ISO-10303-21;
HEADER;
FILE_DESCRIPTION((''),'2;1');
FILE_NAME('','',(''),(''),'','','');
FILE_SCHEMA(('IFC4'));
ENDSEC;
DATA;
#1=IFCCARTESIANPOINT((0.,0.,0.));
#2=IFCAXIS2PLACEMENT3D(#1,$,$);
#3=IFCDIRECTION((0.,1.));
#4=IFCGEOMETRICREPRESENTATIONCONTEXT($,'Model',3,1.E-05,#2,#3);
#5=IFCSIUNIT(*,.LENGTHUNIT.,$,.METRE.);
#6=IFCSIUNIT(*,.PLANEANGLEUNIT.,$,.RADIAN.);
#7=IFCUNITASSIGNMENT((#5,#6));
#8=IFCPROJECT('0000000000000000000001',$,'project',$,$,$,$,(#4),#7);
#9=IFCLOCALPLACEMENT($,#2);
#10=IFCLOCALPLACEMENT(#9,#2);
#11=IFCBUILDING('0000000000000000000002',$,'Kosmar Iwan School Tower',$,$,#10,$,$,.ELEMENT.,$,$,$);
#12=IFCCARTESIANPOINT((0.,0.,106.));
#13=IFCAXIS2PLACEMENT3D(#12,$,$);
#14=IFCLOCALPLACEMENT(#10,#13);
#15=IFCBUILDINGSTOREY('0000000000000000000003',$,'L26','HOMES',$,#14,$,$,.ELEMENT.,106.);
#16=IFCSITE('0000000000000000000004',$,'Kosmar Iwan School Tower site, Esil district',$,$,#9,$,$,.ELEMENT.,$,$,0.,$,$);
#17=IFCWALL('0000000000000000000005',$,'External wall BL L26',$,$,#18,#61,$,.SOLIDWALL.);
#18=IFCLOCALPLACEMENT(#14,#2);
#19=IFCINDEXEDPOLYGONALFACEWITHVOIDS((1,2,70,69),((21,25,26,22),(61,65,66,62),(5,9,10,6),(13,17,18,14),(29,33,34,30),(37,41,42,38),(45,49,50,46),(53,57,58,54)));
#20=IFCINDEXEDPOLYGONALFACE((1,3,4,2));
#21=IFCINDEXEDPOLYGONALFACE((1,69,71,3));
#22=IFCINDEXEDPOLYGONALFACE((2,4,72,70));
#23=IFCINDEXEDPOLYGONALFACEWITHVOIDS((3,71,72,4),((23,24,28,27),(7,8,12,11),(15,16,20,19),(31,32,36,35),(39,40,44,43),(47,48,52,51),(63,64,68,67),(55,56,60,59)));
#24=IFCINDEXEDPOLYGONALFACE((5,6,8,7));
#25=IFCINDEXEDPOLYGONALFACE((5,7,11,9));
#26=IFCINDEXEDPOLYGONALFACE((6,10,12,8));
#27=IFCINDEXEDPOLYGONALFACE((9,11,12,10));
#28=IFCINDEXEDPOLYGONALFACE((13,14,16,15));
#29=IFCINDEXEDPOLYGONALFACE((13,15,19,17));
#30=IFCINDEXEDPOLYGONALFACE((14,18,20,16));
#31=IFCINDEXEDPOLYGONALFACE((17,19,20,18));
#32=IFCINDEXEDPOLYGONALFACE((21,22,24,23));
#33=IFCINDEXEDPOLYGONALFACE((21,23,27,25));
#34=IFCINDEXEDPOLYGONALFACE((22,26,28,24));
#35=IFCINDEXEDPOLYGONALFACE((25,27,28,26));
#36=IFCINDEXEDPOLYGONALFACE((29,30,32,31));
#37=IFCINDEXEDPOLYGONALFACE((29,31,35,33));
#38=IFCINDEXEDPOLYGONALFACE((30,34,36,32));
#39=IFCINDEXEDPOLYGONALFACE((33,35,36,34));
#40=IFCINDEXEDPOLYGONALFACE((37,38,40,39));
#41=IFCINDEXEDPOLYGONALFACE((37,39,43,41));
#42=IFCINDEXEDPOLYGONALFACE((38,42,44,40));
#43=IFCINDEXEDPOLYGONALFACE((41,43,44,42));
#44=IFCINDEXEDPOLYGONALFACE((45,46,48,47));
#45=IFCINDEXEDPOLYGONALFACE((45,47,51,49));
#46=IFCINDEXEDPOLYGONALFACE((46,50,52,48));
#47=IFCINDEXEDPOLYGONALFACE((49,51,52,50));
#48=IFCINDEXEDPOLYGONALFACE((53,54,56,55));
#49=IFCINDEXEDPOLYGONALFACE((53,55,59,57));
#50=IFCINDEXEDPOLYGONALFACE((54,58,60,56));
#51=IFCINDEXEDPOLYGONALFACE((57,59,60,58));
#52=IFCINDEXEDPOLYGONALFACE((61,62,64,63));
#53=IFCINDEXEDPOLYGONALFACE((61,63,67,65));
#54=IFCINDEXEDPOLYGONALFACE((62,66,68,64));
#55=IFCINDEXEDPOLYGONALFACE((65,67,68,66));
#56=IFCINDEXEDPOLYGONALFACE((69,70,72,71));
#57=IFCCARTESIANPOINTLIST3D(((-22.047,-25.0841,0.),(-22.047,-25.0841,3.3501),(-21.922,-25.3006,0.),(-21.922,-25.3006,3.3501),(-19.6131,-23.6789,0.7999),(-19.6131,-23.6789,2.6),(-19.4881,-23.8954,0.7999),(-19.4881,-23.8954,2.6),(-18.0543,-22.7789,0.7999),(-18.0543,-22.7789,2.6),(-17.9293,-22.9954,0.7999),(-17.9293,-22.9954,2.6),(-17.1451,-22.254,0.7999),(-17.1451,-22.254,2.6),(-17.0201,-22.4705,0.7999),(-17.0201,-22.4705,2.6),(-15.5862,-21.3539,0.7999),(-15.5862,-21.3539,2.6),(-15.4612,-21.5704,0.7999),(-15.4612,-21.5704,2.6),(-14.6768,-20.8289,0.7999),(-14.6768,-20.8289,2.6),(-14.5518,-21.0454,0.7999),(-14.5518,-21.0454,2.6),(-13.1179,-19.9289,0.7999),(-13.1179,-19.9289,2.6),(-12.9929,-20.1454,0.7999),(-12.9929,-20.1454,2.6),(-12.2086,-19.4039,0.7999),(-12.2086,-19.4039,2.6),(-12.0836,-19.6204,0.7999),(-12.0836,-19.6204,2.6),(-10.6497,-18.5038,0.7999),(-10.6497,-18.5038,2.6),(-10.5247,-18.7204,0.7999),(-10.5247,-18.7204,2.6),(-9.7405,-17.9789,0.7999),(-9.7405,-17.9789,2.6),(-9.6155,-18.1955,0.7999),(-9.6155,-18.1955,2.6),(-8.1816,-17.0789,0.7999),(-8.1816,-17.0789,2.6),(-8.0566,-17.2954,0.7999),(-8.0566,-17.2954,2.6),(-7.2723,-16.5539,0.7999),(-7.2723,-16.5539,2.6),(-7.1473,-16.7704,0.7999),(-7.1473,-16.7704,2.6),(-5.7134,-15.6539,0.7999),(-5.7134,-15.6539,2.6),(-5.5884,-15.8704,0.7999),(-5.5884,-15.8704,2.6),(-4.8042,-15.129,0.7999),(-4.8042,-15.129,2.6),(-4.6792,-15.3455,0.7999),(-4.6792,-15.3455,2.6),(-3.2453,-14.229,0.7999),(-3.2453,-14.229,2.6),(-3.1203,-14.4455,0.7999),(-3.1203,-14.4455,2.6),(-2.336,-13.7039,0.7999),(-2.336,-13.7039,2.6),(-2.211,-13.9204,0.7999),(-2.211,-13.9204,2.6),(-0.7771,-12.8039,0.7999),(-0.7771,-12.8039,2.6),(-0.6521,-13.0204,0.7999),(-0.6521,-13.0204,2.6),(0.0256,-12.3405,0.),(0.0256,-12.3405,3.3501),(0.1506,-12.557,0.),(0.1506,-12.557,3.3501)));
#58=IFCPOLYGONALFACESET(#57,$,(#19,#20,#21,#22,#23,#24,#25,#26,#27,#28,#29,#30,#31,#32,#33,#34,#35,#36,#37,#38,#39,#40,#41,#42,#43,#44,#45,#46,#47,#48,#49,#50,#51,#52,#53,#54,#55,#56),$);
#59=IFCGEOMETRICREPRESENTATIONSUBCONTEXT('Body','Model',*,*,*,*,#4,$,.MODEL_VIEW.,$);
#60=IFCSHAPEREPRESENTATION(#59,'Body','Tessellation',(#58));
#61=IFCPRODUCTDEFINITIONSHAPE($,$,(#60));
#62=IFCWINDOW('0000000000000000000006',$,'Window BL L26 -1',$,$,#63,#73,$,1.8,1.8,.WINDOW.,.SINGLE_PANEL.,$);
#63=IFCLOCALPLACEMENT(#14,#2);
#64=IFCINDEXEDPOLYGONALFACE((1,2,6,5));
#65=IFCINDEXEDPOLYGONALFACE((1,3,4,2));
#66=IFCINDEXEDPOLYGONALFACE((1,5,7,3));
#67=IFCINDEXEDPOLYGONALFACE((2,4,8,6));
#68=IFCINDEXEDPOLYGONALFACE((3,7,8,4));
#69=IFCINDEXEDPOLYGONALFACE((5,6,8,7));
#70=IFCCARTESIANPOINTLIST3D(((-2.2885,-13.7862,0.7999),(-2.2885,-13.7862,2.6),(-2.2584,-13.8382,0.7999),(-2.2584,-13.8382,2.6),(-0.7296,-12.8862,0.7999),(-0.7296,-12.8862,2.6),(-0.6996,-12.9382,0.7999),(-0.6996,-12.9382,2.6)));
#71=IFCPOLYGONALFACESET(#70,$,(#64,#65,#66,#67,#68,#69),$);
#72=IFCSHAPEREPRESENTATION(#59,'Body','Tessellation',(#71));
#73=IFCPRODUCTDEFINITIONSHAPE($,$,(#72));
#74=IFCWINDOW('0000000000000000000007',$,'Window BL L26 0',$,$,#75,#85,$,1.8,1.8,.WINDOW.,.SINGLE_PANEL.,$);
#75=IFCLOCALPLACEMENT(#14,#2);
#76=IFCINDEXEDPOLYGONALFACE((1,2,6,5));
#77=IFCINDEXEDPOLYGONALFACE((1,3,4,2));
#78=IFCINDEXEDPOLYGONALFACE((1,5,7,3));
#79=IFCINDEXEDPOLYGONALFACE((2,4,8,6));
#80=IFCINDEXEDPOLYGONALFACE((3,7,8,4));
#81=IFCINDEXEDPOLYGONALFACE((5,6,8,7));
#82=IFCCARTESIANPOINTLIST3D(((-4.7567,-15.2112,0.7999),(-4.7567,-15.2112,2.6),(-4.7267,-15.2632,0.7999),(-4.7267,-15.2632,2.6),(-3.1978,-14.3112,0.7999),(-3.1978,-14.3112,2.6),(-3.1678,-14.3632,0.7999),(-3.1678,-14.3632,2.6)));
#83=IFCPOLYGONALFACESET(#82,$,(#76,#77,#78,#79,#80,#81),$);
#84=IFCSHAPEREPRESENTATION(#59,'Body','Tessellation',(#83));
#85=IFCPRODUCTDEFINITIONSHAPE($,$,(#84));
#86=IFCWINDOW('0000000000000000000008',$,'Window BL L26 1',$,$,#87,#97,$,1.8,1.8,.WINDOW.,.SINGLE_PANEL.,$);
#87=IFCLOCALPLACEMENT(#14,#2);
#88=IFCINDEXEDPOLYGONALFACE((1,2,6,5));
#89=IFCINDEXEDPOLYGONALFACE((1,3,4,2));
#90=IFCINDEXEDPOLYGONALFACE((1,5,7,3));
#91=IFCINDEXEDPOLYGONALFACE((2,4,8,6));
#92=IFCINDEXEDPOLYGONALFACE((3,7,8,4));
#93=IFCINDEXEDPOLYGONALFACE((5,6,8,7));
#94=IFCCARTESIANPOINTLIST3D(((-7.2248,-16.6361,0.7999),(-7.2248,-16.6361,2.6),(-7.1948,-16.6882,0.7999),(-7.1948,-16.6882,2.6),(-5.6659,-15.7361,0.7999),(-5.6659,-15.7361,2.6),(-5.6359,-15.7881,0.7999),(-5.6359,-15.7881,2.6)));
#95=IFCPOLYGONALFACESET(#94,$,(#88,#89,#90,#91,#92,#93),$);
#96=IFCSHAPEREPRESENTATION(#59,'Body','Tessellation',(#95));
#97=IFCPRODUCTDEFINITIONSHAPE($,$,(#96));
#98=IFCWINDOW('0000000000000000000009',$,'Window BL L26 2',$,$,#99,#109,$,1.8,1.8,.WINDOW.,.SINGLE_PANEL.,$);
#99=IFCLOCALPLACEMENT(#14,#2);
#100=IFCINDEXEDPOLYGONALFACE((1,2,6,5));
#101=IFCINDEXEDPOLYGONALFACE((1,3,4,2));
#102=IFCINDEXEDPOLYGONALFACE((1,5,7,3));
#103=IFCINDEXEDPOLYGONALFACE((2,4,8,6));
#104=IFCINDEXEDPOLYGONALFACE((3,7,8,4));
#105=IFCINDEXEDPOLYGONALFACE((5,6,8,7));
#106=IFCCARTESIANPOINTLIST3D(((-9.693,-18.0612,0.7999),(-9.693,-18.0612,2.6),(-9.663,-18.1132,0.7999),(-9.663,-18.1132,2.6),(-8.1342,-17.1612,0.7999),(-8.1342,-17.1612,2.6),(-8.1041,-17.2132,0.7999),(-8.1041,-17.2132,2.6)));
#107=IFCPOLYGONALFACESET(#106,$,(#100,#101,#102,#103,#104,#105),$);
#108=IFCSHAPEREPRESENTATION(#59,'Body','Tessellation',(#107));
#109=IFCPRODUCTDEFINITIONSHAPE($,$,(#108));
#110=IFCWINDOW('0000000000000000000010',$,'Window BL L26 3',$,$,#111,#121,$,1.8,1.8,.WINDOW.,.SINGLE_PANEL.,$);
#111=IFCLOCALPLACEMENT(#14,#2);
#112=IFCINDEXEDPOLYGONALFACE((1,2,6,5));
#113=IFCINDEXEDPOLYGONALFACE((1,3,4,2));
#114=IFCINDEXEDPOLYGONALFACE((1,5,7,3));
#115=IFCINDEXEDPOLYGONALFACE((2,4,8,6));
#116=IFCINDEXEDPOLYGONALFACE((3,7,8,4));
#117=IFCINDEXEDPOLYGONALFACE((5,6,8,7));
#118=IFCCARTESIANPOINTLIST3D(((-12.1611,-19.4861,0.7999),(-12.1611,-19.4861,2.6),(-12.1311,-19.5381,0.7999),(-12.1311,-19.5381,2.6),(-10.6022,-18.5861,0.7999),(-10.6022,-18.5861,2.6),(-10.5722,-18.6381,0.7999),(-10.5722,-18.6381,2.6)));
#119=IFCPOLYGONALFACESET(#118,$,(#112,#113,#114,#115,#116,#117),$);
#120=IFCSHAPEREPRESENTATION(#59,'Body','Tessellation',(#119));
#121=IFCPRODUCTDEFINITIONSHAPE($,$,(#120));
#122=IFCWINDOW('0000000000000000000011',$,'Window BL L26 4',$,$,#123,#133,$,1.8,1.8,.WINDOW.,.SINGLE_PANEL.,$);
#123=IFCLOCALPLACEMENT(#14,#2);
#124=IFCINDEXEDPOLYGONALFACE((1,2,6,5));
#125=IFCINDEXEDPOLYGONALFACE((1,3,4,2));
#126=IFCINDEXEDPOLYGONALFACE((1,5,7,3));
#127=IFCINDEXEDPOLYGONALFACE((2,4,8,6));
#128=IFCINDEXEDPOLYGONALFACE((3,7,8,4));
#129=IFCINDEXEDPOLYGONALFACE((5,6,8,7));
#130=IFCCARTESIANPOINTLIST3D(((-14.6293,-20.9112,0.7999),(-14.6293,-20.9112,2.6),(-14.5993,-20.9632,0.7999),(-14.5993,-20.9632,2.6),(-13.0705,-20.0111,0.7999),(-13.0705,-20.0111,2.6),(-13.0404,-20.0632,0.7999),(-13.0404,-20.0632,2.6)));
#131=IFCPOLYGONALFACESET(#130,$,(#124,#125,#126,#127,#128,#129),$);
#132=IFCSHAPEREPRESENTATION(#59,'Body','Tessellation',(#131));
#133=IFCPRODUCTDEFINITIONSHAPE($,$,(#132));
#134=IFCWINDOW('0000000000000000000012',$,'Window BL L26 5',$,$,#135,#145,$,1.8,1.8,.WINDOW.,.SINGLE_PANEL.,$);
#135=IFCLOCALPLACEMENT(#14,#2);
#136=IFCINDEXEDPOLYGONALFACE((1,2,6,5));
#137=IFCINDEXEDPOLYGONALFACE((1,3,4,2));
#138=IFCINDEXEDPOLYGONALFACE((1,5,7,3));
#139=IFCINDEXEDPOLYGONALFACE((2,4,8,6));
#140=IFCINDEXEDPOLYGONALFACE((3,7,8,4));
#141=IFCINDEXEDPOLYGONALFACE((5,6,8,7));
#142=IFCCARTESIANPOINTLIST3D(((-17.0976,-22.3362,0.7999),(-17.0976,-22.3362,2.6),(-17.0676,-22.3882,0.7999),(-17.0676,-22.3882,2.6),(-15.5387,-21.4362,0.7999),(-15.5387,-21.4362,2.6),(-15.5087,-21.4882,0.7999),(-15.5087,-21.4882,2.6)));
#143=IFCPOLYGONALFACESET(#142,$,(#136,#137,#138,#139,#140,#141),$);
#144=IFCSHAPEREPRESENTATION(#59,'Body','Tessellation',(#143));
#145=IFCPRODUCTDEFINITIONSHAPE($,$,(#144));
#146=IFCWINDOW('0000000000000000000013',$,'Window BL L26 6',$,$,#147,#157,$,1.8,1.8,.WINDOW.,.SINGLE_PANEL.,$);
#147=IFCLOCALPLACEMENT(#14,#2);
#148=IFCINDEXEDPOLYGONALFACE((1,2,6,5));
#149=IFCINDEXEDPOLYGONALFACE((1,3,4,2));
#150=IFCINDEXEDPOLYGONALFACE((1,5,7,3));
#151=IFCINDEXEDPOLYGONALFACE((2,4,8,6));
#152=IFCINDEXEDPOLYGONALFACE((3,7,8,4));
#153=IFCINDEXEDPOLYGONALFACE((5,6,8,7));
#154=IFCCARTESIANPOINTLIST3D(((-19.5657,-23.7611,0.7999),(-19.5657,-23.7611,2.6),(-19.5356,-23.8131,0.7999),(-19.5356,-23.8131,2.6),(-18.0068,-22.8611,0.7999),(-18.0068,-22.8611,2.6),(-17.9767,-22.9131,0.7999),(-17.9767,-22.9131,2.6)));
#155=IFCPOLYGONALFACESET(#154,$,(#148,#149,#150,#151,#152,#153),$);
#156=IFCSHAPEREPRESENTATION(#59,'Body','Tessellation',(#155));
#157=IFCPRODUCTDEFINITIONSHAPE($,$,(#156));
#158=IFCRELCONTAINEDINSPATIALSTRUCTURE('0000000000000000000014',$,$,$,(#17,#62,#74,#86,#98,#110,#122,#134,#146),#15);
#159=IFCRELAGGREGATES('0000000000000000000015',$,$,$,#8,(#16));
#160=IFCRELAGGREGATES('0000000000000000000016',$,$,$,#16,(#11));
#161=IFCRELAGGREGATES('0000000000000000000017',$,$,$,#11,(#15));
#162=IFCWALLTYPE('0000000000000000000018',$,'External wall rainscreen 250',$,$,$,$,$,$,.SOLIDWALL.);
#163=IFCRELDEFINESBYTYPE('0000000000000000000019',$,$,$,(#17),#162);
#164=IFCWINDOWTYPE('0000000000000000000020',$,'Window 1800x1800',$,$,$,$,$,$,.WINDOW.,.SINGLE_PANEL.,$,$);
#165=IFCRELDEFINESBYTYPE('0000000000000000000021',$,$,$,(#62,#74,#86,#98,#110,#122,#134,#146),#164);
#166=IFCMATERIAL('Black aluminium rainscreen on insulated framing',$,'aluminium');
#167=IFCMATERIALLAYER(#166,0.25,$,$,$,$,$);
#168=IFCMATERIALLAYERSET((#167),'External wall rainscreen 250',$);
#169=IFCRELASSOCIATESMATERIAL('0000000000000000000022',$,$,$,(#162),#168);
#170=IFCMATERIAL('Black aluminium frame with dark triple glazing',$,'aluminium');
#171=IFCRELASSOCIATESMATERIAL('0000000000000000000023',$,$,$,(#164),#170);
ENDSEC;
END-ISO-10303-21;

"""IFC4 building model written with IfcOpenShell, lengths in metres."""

from ifc_helpers import new_model, si_unit, direction, frame, frame_2d, origin, place, context, subcontext, project, spatial, rectangle, extrude, material, layer, layer_set, type_object, element, fill, save


model = new_model("IFC4")

# Units and contexts
model_context = context("Model", 3, precision=1e-05, world=origin(), true_north=direction((0.0, 1.0)))
body_context = subcontext(model_context, "Body", "Model", "MODEL_VIEW")
ifc_project = project(units=[si_unit("LENGTHUNIT", "METRE"), si_unit("PLANEANGLEUNIT", "RADIAN")], contexts=[model_context])

# Site, building, storey
site_placement = place(None, origin())
site = spatial("IfcSite", under=ifc_project, at=site_placement, Name="Kosmar Iwan School Tower site, Esil district", CompositionType="ELEMENT", RefElevation=0.0)
building_placement = place(site_placement, origin())
building = spatial("IfcBuilding", under=site, at=building_placement, Name="Kosmar Iwan School Tower", CompositionType="ELEMENT")
storey_placement = place(building_placement, frame((0.0, 0.0, 106.0)))
storey = spatial("IfcBuildingStorey", under=building, at=storey_placement, Name="L26", Description="HOMES", CompositionType="ELEMENT", Elevation=106.0)

# Wall, openings, windows
ifc_material_1 = material(Name="Black aluminium rainscreen on insulated framing", Category="aluminium")
ifc_layer = layer(ifc_material_1, 0.25)
ifc_layer_set = layer_set([ifc_layer], Name="External wall rainscreen 250")
wall_type = type_object("IfcWallType", Name="External wall rainscreen 250", PredefinedType="SOLIDWALL", material=ifc_layer_set)
wall_1_placement = place(storey_placement, frame((0.0881, -12.4487, 0.0), z_axis=(0.0, 0.0, 1.0), x_axis=(-0.866026, -0.499998, 0.0)))
wall_1 = element("IfcWall", 1, at=wall_1_placement, inside=storey, type_object=wall_type, Name="External wall BL L26", PredefinedType="SOLIDWALL", context=body_context, shape_type="SweptSolid", body=[
    extrude(rectangle(XDim=25.4873, YDim=0.25, at=frame_2d((12.7437, 0.0))), origin(), (0.0, 0.0, 1.0), 3.3501),
])
opening_1_placement = place(wall_1_placement, frame((0.927, 0.0, 0.8)))
opening_1 = element("IfcOpeningElement", 2, at=opening_1_placement, cuts=wall_1, PredefinedType="OPENING", context=body_context, shape_type="SweptSolid", body=[
    extrude(rectangle(XDim=1.8, YDim=1.8, at=frame_2d((0.8999, 0.8999))), frame((0.0, 0.137, 0.0), z_axis=(0.0, -1.0, 0.0), x_axis=(1.0, 0.0, 0.0)), (0.0, 0.0, 1.0), 0.2739),
])
opening_2_placement = place(wall_1_placement, frame((3.7771, 0.0, 0.8)))
opening_2 = element("IfcOpeningElement", 3, at=opening_2_placement, cuts=wall_1, PredefinedType="OPENING", context=body_context, shape_type="SweptSolid", body=[
    extrude(rectangle(XDim=1.8, YDim=1.8, at=frame_2d((0.8999, 0.8999))), frame((0.0, 0.137, 0.0), z_axis=(0.0, -1.0, 0.0), x_axis=(1.0, 0.0, 0.0)), (0.0, 0.0, 1.0), 0.2739),
])
opening_3_placement = place(wall_1_placement, frame((6.627, 0.0, 0.8)))
opening_3 = element("IfcOpeningElement", 4, at=opening_3_placement, cuts=wall_1, PredefinedType="OPENING", context=body_context, shape_type="SweptSolid", body=[
    extrude(rectangle(XDim=1.8, YDim=1.8, at=frame_2d((0.8999, 0.8999))), frame((0.0, 0.137, 0.0), z_axis=(0.0, -1.0, 0.0), x_axis=(1.0, 0.0, 0.0)), (0.0, 0.0, 1.0), 0.2739),
])
opening_4_placement = place(wall_1_placement, frame((9.4771, 0.0, 0.8)))
opening_4 = element("IfcOpeningElement", 5, at=opening_4_placement, cuts=wall_1, PredefinedType="OPENING", context=body_context, shape_type="SweptSolid", body=[
    extrude(rectangle(XDim=1.8, YDim=1.8, at=frame_2d((0.8999, 0.8999))), frame((0.0, 0.137, 0.0), z_axis=(0.0, -1.0, 0.0), x_axis=(1.0, 0.0, 0.0)), (0.0, 0.0, 1.0), 0.2739),
])
opening_5_placement = place(wall_1_placement, frame((12.3269, 0.0, 0.8)))
opening_5 = element("IfcOpeningElement", 6, at=opening_5_placement, cuts=wall_1, PredefinedType="OPENING", context=body_context, shape_type="SweptSolid", body=[
    extrude(rectangle(XDim=1.8, YDim=1.8, at=frame_2d((0.8999, 0.8999))), frame((0.0, 0.137, 0.0), z_axis=(0.0, -1.0, 0.0), x_axis=(1.0, 0.0, 0.0)), (0.0, 0.0, 1.0), 0.2739),
])
opening_6_placement = place(wall_1_placement, frame((15.177, 0.0, 0.8)))
opening_6 = element("IfcOpeningElement", 7, at=opening_6_placement, cuts=wall_1, PredefinedType="OPENING", context=body_context, shape_type="SweptSolid", body=[
    extrude(rectangle(XDim=1.8, YDim=1.8, at=frame_2d((0.8999, 0.8999))), frame((0.0, 0.137, 0.0), z_axis=(0.0, -1.0, 0.0), x_axis=(1.0, 0.0, 0.0)), (0.0, 0.0, 1.0), 0.2739),
])
opening_7_placement = place(wall_1_placement, frame((18.0271, 0.0, 0.8)))
opening_7 = element("IfcOpeningElement", 8, at=opening_7_placement, cuts=wall_1, PredefinedType="OPENING", context=body_context, shape_type="SweptSolid", body=[
    extrude(rectangle(XDim=1.8, YDim=1.8, at=frame_2d((0.8999, 0.8999))), frame((0.0, 0.137, 0.0), z_axis=(0.0, -1.0, 0.0), x_axis=(1.0, 0.0, 0.0)), (0.0, 0.0, 1.0), 0.2739),
])
opening_8_placement = place(wall_1_placement, frame((20.877, 0.0, 0.8)))
opening_8 = element("IfcOpeningElement", 9, at=opening_8_placement, cuts=wall_1, PredefinedType="OPENING", context=body_context, shape_type="SweptSolid", body=[
    extrude(rectangle(XDim=1.8, YDim=1.8, at=frame_2d((0.8999, 0.8999))), frame((0.0, 0.137, 0.0), z_axis=(0.0, -1.0, 0.0), x_axis=(1.0, 0.0, 0.0)), (0.0, 0.0, 1.0), 0.2739),
])
ifc_material_2 = material(Name="Black aluminium frame with dark triple glazing", Category="aluminium")
window_type = type_object("IfcWindowType", Name="Window 1800x1800", PartitioningType="SINGLE_PANEL", PredefinedType="WINDOW", material=ifc_material_2)
window_1_placement = place(opening_1_placement, origin())
window_1 = element("IfcWindow", 10, at=window_1_placement, inside=storey, type_object=window_type, Name="Window BL L26 -1", OverallHeight=1.8, OverallWidth=1.8, PartitioningType="SINGLE_PANEL", PredefinedType="WINDOW", context=body_context, shape_type="SweptSolid", body=[
    extrude(rectangle(XDim=1.8, YDim=1.8, at=frame_2d((0.8999, 0.8999))), frame((0.0, 0.03, 0.0), z_axis=(0.0, -1.0, 0.0), x_axis=(1.0, 0.0, 0.0)), (0.0, 0.0, 1.0), 0.0601),
])
fill(opening_1, window_1)
window_2_placement = place(opening_2_placement, origin())
window_2 = element("IfcWindow", 11, at=window_2_placement, inside=storey, type_object=window_type, Name="Window BL L26 0", OverallHeight=1.8, OverallWidth=1.8, PartitioningType="SINGLE_PANEL", PredefinedType="WINDOW", context=body_context, shape_type="SweptSolid", body=[
    extrude(rectangle(XDim=1.8, YDim=1.8, at=frame_2d((0.8999, 0.8999))), frame((0.0, 0.03, 0.0), z_axis=(0.0, -1.0, 0.0), x_axis=(1.0, 0.0, 0.0)), (0.0, 0.0, 1.0), 0.0601),
])
fill(opening_2, window_2)
window_3_placement = place(opening_3_placement, origin())
window_3 = element("IfcWindow", 12, at=window_3_placement, inside=storey, type_object=window_type, Name="Window BL L26 1", OverallHeight=1.8, OverallWidth=1.8, PartitioningType="SINGLE_PANEL", PredefinedType="WINDOW", context=body_context, shape_type="SweptSolid", body=[
    extrude(rectangle(XDim=1.8, YDim=1.8, at=frame_2d((0.8999, 0.8999))), frame((0.0, 0.03, 0.0), z_axis=(0.0, -1.0, 0.0), x_axis=(1.0, 0.0, 0.0)), (0.0, 0.0, 1.0), 0.0601),
])
fill(opening_3, window_3)
window_4_placement = place(opening_4_placement, origin())
window_4 = element("IfcWindow", 13, at=window_4_placement, inside=storey, type_object=window_type, Name="Window BL L26 2", OverallHeight=1.8, OverallWidth=1.8, PartitioningType="SINGLE_PANEL", PredefinedType="WINDOW", context=body_context, shape_type="SweptSolid", body=[
    extrude(rectangle(XDim=1.8, YDim=1.8, at=frame_2d((0.8999, 0.8999))), frame((0.0, 0.03, 0.0), z_axis=(0.0, -1.0, 0.0), x_axis=(1.0, 0.0, 0.0)), (0.0, 0.0, 1.0), 0.0601),
])
fill(opening_4, window_4)
window_5_placement = place(opening_5_placement, origin())
window_5 = element("IfcWindow", 14, at=window_5_placement, inside=storey, type_object=window_type, Name="Window BL L26 3", OverallHeight=1.8, OverallWidth=1.8, PartitioningType="SINGLE_PANEL", PredefinedType="WINDOW", context=body_context, shape_type="SweptSolid", body=[
    extrude(rectangle(XDim=1.8, YDim=1.8, at=frame_2d((0.8999, 0.8999))), frame((0.0, 0.03, 0.0), z_axis=(0.0, -1.0, 0.0), x_axis=(1.0, 0.0, 0.0)), (0.0, 0.0, 1.0), 0.0601),
])
fill(opening_5, window_5)
window_6_placement = place(opening_6_placement, origin())
window_6 = element("IfcWindow", 15, at=window_6_placement, inside=storey, type_object=window_type, Name="Window BL L26 4", OverallHeight=1.8, OverallWidth=1.8, PartitioningType="SINGLE_PANEL", PredefinedType="WINDOW", context=body_context, shape_type="SweptSolid", body=[
    extrude(rectangle(XDim=1.8, YDim=1.8, at=frame_2d((0.8999, 0.8999))), frame((0.0, 0.03, 0.0), z_axis=(0.0, -1.0, 0.0), x_axis=(1.0, 0.0, 0.0)), (0.0, 0.0, 1.0), 0.0601),
])
fill(opening_6, window_6)
window_7_placement = place(opening_7_placement, origin())
window_7 = element("IfcWindow", 16, at=window_7_placement, inside=storey, type_object=window_type, Name="Window BL L26 5", OverallHeight=1.8, OverallWidth=1.8, PartitioningType="SINGLE_PANEL", PredefinedType="WINDOW", context=body_context, shape_type="SweptSolid", body=[
    extrude(rectangle(XDim=1.8, YDim=1.8, at=frame_2d((0.8999, 0.8999))), frame((0.0, 0.03, 0.0), z_axis=(0.0, -1.0, 0.0), x_axis=(1.0, 0.0, 0.0)), (0.0, 0.0, 1.0), 0.0601),
])
fill(opening_7, window_7)
window_8_placement = place(opening_8_placement, origin())
window_8 = element("IfcWindow", 17, at=window_8_placement, inside=storey, type_object=window_type, Name="Window BL L26 6", OverallHeight=1.8, OverallWidth=1.8, PartitioningType="SINGLE_PANEL", PredefinedType="WINDOW", context=body_context, shape_type="SweptSolid", body=[
    extrude(rectangle(XDim=1.8, YDim=1.8, at=frame_2d((0.8999, 0.8999))), frame((0.0, 0.03, 0.0), z_axis=(0.0, -1.0, 0.0), x_axis=(1.0, 0.0, 0.0)), (0.0, 0.0, 1.0), 0.0601),
])
fill(opening_8, window_8)

save(model, "model.ifc")
